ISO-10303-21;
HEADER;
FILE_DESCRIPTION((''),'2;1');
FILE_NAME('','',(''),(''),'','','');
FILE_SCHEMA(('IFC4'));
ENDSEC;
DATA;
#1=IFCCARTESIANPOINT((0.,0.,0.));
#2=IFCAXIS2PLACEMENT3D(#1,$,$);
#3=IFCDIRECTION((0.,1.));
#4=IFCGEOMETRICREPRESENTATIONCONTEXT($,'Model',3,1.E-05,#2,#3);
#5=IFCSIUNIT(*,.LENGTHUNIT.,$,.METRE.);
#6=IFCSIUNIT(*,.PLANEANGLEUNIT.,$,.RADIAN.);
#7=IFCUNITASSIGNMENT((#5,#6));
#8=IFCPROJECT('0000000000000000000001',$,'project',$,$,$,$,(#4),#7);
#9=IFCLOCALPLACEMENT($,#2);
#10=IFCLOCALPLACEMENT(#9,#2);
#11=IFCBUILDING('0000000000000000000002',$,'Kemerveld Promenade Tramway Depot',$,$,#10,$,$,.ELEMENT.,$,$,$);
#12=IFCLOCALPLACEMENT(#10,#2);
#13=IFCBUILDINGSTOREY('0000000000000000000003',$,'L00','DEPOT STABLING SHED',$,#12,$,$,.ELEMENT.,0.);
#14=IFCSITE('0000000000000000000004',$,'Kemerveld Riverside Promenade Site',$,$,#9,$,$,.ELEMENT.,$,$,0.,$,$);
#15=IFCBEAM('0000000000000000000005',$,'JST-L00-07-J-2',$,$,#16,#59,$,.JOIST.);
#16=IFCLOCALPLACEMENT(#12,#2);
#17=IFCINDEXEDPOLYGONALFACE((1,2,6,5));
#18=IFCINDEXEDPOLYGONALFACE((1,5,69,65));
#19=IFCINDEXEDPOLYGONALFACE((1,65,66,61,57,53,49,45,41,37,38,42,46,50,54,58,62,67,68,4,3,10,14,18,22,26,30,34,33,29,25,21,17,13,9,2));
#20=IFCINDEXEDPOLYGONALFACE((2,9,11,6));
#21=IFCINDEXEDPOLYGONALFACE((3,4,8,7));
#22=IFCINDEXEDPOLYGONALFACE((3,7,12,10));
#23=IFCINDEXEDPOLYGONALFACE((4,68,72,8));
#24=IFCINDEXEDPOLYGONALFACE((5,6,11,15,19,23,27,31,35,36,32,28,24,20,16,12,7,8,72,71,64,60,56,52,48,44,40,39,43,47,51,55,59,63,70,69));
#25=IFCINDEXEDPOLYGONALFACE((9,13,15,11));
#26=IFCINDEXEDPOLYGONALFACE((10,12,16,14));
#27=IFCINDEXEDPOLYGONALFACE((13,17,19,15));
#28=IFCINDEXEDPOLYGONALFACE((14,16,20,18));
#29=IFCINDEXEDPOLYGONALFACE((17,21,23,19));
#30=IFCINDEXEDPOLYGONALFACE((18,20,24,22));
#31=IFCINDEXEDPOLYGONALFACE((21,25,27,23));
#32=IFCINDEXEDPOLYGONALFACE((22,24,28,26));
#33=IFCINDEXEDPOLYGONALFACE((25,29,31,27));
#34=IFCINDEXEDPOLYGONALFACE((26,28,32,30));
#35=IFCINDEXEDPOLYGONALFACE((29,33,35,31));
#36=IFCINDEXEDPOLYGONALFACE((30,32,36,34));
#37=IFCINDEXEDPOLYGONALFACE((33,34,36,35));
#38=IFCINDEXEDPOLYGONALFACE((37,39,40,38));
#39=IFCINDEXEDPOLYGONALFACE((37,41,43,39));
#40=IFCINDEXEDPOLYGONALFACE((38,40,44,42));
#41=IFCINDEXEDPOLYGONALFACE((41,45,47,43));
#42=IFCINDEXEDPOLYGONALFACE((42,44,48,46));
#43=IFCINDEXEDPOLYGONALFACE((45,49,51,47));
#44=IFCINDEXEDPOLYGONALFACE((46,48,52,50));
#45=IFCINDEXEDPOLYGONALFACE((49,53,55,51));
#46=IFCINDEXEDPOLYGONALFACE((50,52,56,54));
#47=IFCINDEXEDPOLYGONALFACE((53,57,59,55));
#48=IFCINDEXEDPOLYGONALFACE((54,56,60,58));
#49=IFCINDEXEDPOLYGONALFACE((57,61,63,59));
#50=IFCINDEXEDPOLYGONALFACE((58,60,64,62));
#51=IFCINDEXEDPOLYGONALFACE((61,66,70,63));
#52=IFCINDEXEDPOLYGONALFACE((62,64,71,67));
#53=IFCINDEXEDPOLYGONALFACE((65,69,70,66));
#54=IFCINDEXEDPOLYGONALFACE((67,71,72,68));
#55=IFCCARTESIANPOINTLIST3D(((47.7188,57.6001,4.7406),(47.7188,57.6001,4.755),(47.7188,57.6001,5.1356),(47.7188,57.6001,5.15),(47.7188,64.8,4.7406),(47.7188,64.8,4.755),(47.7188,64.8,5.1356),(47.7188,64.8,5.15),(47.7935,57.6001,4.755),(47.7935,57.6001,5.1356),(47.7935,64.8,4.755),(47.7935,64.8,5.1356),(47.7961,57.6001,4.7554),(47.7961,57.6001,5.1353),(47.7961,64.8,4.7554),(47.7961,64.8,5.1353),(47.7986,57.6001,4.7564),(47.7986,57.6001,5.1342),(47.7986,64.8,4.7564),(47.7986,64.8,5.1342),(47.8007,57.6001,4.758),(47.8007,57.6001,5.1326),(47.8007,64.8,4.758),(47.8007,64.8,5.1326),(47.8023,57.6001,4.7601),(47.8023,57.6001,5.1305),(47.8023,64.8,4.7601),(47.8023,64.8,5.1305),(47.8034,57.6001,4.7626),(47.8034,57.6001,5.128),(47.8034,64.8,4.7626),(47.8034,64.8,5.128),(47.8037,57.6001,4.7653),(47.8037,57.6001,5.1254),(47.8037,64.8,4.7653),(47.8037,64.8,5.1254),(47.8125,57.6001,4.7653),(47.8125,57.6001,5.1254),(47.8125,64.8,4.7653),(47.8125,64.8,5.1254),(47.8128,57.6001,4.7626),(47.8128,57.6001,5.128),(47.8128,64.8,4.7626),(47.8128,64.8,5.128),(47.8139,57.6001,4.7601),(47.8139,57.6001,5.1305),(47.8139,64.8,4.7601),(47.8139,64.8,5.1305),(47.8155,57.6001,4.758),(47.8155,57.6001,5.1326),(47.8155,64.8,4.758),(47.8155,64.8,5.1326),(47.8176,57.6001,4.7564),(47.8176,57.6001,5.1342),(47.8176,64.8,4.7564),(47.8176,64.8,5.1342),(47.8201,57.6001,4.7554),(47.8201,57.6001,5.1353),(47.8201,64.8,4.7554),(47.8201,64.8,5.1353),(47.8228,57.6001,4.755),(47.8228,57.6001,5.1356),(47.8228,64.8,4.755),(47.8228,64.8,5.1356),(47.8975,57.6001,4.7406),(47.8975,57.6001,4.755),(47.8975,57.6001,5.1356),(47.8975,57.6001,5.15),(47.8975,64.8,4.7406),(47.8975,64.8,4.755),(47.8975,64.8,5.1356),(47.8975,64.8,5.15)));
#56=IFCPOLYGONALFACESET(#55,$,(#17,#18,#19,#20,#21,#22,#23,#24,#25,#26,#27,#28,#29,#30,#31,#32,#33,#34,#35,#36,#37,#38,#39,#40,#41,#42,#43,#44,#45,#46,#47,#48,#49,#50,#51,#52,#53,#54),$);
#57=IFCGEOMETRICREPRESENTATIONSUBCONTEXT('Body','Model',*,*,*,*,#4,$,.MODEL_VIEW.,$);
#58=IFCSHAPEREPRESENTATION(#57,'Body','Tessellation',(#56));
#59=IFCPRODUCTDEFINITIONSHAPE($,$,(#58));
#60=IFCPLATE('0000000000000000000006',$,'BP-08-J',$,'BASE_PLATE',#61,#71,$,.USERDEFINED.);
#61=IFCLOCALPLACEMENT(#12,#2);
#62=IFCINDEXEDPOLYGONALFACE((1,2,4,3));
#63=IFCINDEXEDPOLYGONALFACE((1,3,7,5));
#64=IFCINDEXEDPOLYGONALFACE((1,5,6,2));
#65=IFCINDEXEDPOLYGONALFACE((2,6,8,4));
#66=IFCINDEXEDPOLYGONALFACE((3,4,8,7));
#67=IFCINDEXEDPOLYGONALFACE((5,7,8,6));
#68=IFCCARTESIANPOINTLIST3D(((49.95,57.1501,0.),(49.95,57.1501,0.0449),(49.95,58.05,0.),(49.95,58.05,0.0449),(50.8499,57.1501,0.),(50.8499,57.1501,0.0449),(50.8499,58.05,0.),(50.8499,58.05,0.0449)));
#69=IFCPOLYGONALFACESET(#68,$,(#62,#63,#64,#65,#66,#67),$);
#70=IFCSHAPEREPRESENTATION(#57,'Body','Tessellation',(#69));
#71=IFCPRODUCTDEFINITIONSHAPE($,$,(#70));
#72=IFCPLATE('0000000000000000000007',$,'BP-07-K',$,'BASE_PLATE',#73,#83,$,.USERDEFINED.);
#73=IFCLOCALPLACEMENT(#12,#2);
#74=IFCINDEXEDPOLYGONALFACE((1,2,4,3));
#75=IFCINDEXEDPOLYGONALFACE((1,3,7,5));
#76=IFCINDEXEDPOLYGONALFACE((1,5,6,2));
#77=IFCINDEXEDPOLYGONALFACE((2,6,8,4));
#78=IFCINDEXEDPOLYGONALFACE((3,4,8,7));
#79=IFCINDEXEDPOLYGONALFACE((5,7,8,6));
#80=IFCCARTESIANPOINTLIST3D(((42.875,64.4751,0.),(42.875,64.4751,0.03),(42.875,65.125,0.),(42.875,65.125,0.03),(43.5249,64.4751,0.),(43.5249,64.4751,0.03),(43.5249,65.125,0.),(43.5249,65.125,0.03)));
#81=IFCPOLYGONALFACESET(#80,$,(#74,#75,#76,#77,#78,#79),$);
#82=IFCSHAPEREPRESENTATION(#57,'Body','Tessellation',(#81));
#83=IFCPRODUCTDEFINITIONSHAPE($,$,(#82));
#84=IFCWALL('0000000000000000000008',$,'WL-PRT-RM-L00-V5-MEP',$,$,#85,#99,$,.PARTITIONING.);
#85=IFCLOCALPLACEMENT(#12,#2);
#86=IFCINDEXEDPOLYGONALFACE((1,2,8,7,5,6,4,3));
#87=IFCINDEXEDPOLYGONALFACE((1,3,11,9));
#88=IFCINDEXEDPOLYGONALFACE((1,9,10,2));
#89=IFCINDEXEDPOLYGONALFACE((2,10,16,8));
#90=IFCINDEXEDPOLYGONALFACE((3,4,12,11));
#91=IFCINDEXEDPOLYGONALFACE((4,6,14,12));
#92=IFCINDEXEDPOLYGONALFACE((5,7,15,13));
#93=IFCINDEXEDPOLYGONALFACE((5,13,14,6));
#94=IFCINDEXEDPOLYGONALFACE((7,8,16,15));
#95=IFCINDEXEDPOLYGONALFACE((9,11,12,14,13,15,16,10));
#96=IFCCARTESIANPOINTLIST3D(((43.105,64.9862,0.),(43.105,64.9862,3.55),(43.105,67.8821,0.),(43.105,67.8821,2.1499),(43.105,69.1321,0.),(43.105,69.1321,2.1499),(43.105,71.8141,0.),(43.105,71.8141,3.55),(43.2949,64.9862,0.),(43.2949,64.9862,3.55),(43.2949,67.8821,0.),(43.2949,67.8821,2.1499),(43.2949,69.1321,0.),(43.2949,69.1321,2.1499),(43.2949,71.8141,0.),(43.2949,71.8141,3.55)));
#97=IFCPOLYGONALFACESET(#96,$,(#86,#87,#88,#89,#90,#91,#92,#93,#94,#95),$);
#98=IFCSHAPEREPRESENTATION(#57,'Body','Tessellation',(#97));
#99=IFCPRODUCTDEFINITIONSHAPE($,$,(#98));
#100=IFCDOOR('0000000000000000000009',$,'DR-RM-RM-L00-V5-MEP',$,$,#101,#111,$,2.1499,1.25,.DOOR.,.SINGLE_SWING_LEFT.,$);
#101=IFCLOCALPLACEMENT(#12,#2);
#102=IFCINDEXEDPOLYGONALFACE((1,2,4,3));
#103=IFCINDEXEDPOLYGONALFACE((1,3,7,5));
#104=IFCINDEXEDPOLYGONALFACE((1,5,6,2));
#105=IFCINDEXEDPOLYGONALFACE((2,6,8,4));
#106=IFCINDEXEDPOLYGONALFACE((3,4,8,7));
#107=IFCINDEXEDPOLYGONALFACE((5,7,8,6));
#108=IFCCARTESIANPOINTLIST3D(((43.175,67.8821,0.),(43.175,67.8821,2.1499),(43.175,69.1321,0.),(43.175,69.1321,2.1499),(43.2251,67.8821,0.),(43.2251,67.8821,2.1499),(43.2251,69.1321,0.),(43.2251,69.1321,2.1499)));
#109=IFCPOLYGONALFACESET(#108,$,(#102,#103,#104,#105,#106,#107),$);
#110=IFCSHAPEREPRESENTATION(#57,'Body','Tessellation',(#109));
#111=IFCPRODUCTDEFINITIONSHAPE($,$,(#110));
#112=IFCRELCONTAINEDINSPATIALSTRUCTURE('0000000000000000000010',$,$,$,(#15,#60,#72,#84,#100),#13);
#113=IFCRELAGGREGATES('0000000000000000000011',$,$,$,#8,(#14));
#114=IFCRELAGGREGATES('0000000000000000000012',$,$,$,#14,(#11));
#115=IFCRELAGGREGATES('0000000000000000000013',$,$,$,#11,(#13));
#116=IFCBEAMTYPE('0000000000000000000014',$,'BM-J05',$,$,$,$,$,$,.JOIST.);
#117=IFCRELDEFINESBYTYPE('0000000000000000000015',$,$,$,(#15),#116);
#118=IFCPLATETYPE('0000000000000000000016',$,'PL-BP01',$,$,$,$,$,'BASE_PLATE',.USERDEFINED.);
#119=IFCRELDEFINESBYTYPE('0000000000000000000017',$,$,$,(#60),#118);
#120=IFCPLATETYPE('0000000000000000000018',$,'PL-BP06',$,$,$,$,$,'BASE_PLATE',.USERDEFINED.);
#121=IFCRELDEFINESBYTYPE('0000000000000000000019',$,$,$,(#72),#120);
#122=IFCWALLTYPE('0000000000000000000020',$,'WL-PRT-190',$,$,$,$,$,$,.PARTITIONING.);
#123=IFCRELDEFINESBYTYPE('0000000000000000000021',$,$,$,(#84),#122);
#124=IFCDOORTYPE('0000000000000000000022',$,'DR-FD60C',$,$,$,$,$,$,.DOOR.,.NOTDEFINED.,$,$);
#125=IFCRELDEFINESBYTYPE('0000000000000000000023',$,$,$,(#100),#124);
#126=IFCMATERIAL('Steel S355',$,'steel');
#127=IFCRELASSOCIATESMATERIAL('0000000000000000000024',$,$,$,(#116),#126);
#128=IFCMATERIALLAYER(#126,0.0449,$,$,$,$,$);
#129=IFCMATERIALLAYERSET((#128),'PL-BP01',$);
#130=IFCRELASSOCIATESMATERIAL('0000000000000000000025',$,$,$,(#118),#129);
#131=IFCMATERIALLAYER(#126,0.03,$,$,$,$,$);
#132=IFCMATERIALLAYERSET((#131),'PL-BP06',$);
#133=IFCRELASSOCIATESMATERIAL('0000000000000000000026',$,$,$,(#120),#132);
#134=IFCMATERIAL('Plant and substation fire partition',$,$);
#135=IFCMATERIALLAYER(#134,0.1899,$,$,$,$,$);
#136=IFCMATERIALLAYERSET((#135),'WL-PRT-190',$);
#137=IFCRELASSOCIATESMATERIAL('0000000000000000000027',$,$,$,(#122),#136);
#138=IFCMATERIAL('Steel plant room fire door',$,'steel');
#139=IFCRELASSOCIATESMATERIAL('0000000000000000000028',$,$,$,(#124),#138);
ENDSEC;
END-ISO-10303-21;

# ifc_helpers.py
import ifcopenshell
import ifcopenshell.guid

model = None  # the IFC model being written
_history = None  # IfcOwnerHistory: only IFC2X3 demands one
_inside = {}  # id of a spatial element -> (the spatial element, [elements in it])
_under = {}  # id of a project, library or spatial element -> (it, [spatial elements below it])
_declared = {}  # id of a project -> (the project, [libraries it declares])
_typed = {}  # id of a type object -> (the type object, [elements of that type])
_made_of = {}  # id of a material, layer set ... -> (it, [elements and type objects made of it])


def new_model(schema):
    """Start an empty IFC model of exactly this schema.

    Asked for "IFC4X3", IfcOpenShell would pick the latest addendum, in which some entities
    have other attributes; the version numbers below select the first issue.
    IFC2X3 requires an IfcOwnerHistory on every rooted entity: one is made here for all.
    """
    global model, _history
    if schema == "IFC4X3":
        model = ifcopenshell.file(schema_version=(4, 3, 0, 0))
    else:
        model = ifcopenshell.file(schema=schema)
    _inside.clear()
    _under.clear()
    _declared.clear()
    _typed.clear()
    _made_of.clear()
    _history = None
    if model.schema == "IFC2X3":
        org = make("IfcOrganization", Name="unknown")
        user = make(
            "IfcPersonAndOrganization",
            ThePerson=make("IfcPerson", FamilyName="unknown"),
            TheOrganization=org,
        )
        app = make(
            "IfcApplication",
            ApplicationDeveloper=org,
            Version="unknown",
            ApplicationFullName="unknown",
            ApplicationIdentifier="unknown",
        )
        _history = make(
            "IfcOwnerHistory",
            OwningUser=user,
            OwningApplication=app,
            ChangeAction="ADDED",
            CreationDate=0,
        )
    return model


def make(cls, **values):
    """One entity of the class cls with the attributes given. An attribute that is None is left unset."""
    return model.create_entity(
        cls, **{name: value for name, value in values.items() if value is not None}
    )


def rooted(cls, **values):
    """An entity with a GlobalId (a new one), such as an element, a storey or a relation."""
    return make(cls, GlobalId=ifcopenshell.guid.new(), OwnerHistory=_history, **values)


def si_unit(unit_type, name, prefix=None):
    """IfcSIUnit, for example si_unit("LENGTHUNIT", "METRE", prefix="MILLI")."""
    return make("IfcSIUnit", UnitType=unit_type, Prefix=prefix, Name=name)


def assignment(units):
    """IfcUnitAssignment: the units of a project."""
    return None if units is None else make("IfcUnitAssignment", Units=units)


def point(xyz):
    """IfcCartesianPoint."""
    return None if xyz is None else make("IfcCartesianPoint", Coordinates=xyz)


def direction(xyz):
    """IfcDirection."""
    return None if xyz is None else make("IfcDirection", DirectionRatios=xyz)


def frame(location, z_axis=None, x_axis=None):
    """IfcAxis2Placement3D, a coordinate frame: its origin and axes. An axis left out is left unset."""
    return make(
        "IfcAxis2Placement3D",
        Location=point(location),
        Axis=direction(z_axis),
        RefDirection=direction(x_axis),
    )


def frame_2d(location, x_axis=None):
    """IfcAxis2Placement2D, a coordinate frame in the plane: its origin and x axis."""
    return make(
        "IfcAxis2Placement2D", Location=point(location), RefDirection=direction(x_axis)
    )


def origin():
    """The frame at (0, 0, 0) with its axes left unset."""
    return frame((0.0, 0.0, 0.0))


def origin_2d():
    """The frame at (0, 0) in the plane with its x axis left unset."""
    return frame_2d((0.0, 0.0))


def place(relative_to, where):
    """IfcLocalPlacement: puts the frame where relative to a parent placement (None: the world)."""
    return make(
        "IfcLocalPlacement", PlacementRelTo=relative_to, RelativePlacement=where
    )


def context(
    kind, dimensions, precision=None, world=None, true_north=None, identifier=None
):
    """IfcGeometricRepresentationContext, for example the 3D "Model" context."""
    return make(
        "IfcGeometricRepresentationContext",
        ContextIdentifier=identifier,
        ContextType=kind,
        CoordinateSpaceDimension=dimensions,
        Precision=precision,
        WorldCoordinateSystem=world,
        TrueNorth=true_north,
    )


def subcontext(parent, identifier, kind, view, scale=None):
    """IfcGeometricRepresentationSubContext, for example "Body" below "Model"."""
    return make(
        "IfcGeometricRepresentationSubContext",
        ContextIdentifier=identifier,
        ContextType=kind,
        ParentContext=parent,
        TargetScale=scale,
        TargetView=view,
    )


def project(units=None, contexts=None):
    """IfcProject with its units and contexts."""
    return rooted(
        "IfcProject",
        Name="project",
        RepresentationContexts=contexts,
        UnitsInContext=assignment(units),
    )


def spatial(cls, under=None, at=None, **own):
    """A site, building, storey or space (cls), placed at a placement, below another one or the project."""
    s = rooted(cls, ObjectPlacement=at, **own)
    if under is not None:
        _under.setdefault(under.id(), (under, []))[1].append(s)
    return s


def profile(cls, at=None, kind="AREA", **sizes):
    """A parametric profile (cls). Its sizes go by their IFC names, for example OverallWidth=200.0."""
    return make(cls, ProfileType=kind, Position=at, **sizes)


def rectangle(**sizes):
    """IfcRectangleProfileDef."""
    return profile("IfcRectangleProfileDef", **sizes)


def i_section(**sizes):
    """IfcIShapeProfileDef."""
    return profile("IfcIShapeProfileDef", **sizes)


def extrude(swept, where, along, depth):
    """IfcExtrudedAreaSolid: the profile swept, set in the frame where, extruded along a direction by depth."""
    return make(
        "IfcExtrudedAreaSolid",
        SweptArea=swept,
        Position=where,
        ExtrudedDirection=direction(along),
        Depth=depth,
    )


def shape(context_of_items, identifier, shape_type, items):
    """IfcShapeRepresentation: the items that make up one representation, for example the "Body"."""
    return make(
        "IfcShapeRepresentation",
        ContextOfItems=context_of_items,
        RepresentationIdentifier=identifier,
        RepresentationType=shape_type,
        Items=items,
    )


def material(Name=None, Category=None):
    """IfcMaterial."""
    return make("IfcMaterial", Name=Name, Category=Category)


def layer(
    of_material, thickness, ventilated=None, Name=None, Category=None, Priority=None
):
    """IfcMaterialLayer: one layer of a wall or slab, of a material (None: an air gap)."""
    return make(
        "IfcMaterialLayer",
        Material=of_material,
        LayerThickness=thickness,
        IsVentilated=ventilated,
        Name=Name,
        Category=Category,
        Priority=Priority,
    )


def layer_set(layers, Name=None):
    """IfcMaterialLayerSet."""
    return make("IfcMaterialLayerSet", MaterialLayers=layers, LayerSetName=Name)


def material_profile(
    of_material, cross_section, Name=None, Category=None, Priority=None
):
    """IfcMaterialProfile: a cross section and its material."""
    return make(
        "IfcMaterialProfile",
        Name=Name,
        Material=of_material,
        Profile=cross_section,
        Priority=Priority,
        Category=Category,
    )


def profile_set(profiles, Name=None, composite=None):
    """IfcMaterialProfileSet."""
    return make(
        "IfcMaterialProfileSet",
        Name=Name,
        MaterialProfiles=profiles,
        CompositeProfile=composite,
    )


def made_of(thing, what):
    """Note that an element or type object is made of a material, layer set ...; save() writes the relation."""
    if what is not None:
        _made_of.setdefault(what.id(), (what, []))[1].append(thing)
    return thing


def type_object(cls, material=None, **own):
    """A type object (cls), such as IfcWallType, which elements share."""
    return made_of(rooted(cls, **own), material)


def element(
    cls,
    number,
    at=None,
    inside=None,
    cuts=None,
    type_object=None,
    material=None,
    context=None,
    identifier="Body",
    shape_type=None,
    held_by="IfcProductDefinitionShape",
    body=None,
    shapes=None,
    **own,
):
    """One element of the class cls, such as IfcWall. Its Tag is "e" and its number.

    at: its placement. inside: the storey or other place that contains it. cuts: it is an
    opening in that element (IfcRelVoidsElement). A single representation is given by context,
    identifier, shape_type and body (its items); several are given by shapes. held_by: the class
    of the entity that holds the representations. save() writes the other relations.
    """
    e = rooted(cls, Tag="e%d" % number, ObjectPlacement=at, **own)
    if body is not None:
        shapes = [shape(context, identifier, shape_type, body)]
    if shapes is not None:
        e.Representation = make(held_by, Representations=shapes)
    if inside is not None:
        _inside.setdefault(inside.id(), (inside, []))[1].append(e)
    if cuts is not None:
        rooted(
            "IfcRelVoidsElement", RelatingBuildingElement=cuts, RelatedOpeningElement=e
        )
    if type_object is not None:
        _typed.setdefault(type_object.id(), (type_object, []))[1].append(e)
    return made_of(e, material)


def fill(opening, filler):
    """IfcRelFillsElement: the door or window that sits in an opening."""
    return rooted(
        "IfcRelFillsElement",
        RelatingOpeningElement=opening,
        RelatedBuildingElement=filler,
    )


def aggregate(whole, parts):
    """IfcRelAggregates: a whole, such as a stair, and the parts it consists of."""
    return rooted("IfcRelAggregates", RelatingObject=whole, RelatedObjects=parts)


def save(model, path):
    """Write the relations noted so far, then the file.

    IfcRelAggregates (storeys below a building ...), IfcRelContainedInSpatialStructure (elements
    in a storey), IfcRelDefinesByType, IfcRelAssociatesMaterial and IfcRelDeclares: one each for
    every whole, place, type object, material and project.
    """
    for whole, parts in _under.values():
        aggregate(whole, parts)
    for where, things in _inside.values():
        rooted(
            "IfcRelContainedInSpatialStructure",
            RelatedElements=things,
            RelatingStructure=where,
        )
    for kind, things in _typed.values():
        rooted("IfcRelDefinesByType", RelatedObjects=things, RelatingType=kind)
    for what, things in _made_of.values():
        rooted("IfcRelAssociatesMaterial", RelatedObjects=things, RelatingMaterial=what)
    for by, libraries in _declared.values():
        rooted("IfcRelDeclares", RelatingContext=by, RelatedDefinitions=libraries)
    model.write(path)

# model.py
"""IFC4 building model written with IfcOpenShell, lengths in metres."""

from ifc_helpers import new_model, si_unit, direction, frame, frame_2d, origin, origin_2d, place, context, subcontext, project, spatial, rectangle, i_section, extrude, material, layer, layer_set, material_profile, profile_set, type_object, element, fill, save


model = new_model("IFC4")

# Units and contexts
model_context = context("Model", 3, precision=1e-05, world=origin(), true_north=direction((0.0, 1.0)))
body_context = subcontext(model_context, "Body", "Model", "MODEL_VIEW")
ifc_project = project(units=[si_unit("LENGTHUNIT", "METRE"), si_unit("PLANEANGLEUNIT", "RADIAN")], contexts=[model_context])

# Site, building, storey
site_placement = place(None, origin())
site = spatial("IfcSite", under=ifc_project, at=site_placement, Name="Kemerveld Riverside Promenade Site", CompositionType="ELEMENT", RefElevation=0.0)
building_placement = place(site_placement, origin())
building = spatial("IfcBuilding", under=site, at=building_placement, Name="Kemerveld Promenade Tramway Depot", CompositionType="ELEMENT")
storey_placement = place(building_placement, origin())
storey = spatial("IfcBuildingStorey", under=building, at=storey_placement, Name="L00", Description="DEPOT STABLING SHED", CompositionType="ELEMENT", Elevation=0.0)

# Shared definitions
ifc_material_1 = material(Name="Steel S355", Category="steel")

# Beam
ifc_material_profile_1 = material_profile(ifc_material_1, i_section(OverallWidth=0.1787, OverallDepth=0.4094, WebThickness=0.0088, FlangeThickness=0.0144, FilletRadius=0.0103, at=origin_2d()), Name="406x178x67 UB")
ifc_profile_set_1 = profile_set([ifc_material_profile_1], Name="Steel S355")
beam_type_1 = type_object("IfcBeamType", Name="BM-J05", PredefinedType="JOIST", material=ifc_profile_set_1)
beam_1_placement = place(storey_placement, frame((47.8081, 57.6001, 4.9453), z_axis=(0.0, 1.0, 0.0), x_axis=(-1.0, 0.0, 0.0)))
element("IfcBeam", 1, at=beam_1_placement, inside=storey, type_object=beam_type_1, Name="JST-L00-07-J-2", PredefinedType="JOIST", context=body_context, shape_type="SweptSolid", body=[
    extrude(i_section(OverallWidth=0.1787, OverallDepth=0.4094, WebThickness=0.0088, FlangeThickness=0.0144, FilletRadius=0.0103, at=origin_2d()), origin(), (0.0, 0.0, 1.0), 7.2),
])

# Plates
ifc_layer_1 = layer(ifc_material_1, 0.0449)
ifc_layer_set_1 = layer_set([ifc_layer_1], Name="PL-BP01")
plate_type_1 = type_object("IfcPlateType", Name="PL-BP01", ElementType="BASE_PLATE", PredefinedType="USERDEFINED", material=ifc_layer_set_1)
plate_1_placement = place(storey_placement, frame((50.3999, 57.6001, 0.0), z_axis=(0.0, 0.0, 1.0), x_axis=(1.0, 0.0, 0.0)))
element("IfcPlate", 2, at=plate_1_placement, inside=storey, type_object=plate_type_1, Name="BP-08-J", ObjectType="BASE_PLATE", PredefinedType="USERDEFINED", context=body_context, shape_type="SweptSolid", body=[
    extrude(rectangle(XDim=0.8999, YDim=0.8999, at=origin_2d()), origin(), (0.0, 0.0, 1.0), 0.0449),
])
ifc_layer_2 = layer(ifc_material_1, 0.03)
ifc_layer_set_2 = layer_set([ifc_layer_2], Name="PL-BP06")
plate_type_2 = type_object("IfcPlateType", Name="PL-BP06", ElementType="BASE_PLATE", PredefinedType="USERDEFINED", material=ifc_layer_set_2)
plate_2_placement = place(storey_placement, frame((43.2, 64.8, 0.0), z_axis=(0.0, 0.0, 1.0), x_axis=(1.0, 0.0, 0.0)))
element("IfcPlate", 3, at=plate_2_placement, inside=storey, type_object=plate_type_2, Name="BP-07-K", ObjectType="BASE_PLATE", PredefinedType="USERDEFINED", context=body_context, shape_type="SweptSolid", body=[
    extrude(rectangle(XDim=0.6499, YDim=0.6499, at=origin_2d()), origin(), (0.0, 0.0, 1.0), 0.03),
])

# Wall, opening, door
ifc_material_2 = material(Name="Plant and substation fire partition")
ifc_layer_3 = layer(ifc_material_2, 0.1899)
ifc_layer_set_3 = layer_set([ifc_layer_3], Name="WL-PRT-190")
wall_type = type_object("IfcWallType", Name="WL-PRT-190", PredefinedType="PARTITIONING", material=ifc_layer_set_3)
wall_placement = place(storey_placement, frame((43.2, 64.9861, 0.0), z_axis=(0.0, 0.0, 1.0), x_axis=(0.0, 1.0, 0.0)))
wall = element("IfcWall", 4, at=wall_placement, inside=storey, type_object=wall_type, Name="WL-PRT-RM-L00-V5-MEP", PredefinedType="PARTITIONING", context=body_context, shape_type="SweptSolid", body=[
    extrude(rectangle(XDim=6.8279, YDim=0.1899, at=frame_2d((3.4141, 0.0))), origin(), (0.0, 0.0, 1.0), 3.55),
])
opening_placement = place(wall_placement, frame((2.896, 0.0, 0.0)))
opening = element("IfcOpeningElement", 5, at=opening_placement, cuts=wall, PredefinedType="OPENING", context=body_context, shape_type="SweptSolid", body=[
    extrude(rectangle(XDim=1.25, YDim=2.1499, at=frame_2d((0.625, 1.075))), frame((0.0, 0.105, 0.0), z_axis=(0.0, -1.0, 0.0), x_axis=(1.0, 0.0, 0.0)), (0.0, 0.0, 1.0), 0.21),
])
ifc_material_3 = material(Name="Steel plant room fire door", Category="steel")
door_type = type_object("IfcDoorType", Name="DR-FD60C", OperationType="NOTDEFINED", PredefinedType="DOOR", material=ifc_material_3)
door_placement = place(opening_placement, origin())
door = element("IfcDoor", 6, at=door_placement, inside=storey, type_object=door_type, Name="DR-RM-RM-L00-V5-MEP", OperationType="SINGLE_SWING_LEFT", OverallHeight=2.1499, OverallWidth=1.25, PredefinedType="DOOR", context=body_context, shape_type="SweptSolid", body=[
    extrude(rectangle(XDim=1.25, YDim=2.1499, at=frame_2d((0.625, 1.075))), frame((0.0, 0.0249, 0.0), z_axis=(0.0, -1.0, 0.0), x_axis=(1.0, 0.0, 0.0)), (0.0, 0.0, 1.0), 0.05),
])
fill(opening, door)

save(model, "model.ifc")
